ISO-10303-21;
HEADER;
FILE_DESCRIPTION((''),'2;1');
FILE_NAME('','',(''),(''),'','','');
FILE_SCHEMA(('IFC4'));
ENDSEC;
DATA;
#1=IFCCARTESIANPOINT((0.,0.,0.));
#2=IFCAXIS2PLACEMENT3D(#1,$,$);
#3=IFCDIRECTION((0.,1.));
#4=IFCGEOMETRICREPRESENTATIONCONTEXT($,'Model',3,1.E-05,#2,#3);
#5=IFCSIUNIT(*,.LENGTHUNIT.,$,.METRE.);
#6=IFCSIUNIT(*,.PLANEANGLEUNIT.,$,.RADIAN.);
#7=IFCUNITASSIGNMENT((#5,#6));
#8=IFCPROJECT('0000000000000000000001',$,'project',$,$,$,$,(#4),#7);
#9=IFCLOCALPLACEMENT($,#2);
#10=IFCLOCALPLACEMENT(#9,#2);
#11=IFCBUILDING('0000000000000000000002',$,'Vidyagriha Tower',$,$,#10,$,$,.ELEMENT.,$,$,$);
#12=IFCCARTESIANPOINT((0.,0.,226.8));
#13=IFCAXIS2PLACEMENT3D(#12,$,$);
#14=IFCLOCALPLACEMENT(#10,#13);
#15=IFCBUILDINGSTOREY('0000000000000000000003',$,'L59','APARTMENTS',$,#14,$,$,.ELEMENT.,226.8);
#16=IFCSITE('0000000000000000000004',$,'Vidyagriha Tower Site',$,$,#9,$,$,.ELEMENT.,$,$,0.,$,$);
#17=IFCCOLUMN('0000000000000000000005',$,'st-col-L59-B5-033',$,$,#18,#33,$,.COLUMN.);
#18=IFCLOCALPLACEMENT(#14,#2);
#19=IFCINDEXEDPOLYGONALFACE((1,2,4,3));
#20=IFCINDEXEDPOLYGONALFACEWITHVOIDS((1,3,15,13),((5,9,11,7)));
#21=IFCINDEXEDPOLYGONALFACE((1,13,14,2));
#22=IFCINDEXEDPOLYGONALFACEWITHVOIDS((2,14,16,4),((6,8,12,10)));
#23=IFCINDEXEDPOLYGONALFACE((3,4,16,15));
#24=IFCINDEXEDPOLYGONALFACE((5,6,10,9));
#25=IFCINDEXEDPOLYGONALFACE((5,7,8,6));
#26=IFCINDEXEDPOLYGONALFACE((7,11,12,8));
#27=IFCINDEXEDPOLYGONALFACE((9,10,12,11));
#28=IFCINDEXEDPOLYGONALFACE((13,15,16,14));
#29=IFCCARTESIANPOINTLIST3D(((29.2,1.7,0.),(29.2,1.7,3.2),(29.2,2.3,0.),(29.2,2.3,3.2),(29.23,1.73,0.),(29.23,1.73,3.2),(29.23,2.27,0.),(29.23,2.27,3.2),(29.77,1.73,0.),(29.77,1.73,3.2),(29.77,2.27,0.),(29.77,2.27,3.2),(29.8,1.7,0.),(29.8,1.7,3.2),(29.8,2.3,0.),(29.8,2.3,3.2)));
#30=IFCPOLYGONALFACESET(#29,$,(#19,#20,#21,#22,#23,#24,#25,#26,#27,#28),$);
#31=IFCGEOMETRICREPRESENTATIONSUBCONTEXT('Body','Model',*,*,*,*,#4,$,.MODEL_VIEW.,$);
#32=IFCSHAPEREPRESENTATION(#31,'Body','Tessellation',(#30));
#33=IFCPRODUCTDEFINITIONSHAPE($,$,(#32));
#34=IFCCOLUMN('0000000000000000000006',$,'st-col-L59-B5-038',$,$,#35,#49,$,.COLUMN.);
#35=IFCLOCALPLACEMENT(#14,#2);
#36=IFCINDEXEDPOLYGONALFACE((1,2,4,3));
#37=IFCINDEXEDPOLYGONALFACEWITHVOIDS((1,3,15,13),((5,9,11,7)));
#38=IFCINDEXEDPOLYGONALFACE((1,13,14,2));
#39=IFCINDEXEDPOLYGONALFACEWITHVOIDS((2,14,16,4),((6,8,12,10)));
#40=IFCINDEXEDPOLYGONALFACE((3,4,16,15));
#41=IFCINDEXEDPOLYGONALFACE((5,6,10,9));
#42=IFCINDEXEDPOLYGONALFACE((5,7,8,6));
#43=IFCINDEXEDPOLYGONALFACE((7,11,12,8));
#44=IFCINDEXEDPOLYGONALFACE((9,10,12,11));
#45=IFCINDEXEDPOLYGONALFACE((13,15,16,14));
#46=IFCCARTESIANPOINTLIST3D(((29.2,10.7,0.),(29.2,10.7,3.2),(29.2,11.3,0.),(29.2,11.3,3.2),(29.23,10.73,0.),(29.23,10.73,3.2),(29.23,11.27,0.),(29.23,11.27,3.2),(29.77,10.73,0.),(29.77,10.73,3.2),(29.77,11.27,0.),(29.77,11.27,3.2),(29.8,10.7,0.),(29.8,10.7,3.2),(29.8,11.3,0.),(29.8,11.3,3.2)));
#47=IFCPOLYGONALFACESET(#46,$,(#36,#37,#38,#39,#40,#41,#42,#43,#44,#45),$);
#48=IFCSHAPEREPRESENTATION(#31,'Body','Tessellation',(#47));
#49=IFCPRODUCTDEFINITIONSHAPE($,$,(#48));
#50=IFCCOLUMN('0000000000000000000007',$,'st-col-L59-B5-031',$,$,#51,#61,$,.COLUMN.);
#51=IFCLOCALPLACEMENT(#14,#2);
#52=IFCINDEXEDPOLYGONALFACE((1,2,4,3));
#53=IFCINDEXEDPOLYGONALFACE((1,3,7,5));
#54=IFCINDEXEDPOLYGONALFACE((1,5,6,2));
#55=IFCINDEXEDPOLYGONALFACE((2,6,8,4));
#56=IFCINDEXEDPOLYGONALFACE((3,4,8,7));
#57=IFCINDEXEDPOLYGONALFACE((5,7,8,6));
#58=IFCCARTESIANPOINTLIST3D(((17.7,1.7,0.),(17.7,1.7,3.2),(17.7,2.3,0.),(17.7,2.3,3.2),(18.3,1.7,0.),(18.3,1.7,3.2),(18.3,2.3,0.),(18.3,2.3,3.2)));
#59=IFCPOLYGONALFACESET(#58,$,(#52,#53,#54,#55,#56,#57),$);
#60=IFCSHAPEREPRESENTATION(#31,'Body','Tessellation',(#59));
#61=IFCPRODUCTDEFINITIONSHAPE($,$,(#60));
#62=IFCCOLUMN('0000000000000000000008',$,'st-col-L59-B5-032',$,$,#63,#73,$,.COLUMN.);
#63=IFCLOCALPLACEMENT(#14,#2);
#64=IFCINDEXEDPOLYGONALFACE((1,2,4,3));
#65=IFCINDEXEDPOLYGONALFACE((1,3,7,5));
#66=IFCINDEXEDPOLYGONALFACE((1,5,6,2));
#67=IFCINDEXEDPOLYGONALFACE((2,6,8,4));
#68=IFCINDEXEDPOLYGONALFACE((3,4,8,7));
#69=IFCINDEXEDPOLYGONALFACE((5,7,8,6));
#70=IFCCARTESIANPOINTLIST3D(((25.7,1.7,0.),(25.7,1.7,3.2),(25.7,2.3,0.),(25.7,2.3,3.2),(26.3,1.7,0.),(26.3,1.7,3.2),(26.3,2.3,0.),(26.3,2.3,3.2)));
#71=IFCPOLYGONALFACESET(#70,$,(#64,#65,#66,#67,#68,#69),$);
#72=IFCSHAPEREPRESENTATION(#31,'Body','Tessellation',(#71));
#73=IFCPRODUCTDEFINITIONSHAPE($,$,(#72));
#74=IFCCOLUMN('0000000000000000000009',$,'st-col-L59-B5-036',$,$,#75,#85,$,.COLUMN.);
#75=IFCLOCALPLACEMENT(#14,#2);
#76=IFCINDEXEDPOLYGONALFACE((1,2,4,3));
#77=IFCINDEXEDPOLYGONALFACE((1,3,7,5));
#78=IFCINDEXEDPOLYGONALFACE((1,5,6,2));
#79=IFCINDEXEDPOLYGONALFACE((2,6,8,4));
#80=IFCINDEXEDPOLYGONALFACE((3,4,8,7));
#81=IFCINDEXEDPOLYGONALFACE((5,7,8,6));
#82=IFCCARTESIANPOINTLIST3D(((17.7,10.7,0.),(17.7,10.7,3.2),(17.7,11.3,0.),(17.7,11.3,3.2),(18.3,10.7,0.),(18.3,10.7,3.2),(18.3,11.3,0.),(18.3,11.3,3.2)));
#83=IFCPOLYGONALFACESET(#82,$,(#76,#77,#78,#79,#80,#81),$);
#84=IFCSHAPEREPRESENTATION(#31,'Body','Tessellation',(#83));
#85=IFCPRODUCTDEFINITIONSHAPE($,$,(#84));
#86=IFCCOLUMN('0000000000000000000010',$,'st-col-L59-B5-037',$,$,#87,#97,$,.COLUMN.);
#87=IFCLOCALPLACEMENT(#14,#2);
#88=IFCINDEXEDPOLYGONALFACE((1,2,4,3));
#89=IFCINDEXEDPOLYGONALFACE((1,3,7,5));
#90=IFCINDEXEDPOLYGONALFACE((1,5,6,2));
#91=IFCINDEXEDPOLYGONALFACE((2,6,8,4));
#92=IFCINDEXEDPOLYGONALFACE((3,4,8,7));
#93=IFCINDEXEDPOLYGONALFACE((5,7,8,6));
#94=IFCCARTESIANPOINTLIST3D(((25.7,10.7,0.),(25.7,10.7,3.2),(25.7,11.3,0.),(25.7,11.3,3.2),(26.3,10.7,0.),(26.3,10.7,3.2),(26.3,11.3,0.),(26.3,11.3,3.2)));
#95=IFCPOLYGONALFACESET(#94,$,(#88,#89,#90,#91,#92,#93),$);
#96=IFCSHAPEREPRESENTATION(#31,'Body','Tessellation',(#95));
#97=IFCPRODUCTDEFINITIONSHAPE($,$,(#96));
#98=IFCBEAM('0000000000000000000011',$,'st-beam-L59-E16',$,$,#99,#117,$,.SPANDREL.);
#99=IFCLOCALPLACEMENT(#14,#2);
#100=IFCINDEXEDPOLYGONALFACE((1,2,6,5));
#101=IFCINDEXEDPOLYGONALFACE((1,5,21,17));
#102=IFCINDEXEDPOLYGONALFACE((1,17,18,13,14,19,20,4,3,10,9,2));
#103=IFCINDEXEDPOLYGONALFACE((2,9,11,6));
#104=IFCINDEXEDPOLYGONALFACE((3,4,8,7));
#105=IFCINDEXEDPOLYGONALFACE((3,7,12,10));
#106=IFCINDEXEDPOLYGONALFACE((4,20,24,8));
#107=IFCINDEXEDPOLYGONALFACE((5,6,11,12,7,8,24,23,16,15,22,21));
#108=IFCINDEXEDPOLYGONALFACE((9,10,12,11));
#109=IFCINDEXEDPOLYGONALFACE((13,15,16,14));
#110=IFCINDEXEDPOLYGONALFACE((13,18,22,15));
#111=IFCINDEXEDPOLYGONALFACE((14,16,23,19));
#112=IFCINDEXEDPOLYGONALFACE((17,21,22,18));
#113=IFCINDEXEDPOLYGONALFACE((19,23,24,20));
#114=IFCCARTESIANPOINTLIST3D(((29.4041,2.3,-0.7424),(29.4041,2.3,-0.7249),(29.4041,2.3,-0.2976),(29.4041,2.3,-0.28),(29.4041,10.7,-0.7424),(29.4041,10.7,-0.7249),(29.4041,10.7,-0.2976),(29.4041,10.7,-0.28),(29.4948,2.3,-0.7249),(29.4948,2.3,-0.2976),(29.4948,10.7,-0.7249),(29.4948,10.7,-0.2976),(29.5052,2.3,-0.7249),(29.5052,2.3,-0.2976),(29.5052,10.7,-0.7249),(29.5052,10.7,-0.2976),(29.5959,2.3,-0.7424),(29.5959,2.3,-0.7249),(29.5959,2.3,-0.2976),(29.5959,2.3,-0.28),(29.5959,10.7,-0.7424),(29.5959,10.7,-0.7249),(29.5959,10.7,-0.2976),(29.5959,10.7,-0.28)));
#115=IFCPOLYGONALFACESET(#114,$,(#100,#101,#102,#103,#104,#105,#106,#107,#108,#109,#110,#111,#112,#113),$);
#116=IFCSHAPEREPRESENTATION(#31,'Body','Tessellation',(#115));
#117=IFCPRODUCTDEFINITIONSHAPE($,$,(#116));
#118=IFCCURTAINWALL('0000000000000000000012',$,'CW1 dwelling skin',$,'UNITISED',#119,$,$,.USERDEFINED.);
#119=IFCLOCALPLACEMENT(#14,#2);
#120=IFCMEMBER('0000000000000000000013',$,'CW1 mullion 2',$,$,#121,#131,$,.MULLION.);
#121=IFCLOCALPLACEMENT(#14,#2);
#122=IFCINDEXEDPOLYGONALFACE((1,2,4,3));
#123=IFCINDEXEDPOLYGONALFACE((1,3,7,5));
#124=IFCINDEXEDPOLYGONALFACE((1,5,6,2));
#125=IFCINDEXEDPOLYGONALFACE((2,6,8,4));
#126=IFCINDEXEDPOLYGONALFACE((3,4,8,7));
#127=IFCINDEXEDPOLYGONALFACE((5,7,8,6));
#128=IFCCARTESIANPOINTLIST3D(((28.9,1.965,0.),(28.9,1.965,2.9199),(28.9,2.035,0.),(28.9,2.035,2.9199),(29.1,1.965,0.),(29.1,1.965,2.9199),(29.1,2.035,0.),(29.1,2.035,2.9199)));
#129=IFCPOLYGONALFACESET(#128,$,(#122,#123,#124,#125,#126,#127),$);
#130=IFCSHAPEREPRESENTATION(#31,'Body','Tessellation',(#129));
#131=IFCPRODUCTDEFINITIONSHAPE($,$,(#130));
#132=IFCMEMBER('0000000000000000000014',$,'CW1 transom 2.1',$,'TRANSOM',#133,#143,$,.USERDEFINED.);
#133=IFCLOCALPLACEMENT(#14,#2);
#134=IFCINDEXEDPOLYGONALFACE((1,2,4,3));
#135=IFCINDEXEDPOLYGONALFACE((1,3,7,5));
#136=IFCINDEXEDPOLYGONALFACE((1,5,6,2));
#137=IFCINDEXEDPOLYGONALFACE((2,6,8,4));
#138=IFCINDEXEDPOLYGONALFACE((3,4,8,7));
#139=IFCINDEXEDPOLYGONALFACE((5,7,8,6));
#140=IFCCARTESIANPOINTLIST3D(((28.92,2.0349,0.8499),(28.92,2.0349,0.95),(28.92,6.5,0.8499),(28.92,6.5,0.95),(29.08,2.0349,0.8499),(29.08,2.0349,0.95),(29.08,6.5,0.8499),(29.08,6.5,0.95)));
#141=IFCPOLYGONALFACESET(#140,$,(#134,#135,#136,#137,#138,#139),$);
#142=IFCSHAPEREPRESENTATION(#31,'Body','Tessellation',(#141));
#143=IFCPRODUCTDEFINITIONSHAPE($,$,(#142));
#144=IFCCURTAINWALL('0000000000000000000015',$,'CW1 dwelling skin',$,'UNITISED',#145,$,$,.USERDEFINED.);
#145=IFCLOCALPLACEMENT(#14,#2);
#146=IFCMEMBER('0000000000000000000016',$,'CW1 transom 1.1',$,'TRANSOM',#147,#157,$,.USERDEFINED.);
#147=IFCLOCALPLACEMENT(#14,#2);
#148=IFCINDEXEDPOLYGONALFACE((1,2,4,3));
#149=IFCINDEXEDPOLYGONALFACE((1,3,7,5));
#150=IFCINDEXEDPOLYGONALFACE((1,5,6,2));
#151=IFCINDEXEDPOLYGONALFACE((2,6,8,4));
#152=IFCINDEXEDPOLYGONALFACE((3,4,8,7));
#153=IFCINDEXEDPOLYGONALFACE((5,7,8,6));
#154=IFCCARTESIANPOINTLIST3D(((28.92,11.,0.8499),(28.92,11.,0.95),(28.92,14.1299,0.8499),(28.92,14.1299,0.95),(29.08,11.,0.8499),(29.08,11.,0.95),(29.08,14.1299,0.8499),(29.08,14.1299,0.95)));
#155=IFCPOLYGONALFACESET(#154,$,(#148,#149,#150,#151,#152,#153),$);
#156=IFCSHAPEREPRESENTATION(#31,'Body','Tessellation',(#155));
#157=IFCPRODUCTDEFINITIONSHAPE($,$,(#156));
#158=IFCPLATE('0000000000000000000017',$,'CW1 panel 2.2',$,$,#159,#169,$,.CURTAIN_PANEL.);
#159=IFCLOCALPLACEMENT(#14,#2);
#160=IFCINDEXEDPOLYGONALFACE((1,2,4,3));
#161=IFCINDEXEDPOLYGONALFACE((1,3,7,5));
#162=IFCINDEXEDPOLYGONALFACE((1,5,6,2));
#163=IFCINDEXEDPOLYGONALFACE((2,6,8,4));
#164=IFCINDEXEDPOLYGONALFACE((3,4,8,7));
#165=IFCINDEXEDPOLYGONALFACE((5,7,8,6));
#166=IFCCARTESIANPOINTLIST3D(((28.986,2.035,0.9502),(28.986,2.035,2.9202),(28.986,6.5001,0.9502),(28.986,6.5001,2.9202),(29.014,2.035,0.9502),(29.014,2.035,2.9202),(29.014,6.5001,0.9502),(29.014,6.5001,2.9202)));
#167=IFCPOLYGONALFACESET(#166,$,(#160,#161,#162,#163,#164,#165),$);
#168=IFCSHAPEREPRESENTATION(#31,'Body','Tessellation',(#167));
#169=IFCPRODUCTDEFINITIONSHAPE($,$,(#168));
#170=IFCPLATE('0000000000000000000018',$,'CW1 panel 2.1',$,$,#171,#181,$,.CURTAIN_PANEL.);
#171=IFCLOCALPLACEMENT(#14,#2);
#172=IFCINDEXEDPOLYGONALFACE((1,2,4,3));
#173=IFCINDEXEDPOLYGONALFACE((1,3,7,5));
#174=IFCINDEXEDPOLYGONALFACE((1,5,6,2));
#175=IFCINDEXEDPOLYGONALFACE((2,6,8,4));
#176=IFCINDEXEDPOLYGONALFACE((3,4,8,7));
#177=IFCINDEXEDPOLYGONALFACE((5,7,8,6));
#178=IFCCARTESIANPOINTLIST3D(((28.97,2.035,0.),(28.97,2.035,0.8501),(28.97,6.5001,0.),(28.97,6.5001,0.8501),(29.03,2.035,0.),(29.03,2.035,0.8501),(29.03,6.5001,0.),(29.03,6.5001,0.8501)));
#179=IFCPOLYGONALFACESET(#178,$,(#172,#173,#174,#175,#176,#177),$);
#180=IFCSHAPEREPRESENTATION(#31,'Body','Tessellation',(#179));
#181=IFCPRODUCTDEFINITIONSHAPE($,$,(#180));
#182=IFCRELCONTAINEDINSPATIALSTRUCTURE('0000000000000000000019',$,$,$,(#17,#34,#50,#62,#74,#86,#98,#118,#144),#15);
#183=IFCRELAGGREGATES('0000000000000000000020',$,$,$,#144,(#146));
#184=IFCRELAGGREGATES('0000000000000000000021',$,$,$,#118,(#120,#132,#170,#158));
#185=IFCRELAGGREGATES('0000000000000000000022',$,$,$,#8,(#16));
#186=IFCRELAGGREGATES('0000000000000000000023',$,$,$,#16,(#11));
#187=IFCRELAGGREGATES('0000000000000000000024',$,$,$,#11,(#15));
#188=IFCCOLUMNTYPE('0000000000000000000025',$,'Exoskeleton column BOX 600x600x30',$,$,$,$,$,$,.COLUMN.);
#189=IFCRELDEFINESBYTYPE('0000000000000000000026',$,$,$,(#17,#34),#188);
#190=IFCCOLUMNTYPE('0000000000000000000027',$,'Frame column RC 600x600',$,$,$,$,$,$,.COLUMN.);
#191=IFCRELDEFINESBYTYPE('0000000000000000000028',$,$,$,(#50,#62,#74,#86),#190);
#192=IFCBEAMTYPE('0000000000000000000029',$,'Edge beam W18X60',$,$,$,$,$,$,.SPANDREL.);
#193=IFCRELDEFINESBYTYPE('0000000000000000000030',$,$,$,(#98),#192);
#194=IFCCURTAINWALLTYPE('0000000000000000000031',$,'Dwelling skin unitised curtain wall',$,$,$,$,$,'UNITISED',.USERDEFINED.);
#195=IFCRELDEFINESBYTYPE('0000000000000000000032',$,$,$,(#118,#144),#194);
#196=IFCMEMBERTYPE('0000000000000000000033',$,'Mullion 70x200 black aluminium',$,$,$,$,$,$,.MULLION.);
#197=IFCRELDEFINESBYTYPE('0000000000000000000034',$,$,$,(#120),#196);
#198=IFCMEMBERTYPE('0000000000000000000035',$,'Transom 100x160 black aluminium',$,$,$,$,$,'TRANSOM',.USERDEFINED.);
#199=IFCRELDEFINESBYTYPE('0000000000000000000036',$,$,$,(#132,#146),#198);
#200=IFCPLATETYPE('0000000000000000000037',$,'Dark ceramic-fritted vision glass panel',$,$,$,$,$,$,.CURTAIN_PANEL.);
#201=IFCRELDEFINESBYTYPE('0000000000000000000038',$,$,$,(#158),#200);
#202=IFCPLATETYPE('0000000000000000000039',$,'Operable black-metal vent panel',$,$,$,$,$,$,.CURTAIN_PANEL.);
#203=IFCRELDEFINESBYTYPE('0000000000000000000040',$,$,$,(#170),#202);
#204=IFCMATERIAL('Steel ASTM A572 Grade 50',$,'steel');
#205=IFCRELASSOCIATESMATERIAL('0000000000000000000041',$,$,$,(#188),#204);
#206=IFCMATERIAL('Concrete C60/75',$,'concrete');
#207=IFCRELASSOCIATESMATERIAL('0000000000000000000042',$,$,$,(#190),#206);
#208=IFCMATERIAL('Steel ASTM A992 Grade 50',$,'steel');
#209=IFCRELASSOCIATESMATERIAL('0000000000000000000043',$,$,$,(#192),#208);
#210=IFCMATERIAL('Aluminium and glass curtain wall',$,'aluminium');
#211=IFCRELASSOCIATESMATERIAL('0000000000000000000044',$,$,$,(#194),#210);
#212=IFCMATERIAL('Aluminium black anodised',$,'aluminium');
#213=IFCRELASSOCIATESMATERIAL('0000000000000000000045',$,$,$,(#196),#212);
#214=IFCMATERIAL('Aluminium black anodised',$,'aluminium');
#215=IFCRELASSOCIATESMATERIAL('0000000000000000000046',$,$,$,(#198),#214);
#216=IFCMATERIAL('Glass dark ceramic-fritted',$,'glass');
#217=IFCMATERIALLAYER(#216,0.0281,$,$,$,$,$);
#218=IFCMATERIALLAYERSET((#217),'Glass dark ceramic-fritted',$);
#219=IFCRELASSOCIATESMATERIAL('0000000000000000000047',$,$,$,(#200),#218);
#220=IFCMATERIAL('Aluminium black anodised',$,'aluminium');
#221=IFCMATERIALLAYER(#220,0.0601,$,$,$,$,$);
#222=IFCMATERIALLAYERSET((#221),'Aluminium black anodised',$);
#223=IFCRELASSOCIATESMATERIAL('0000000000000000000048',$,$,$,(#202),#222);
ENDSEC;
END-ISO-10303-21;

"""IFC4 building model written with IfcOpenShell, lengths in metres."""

from ifc_helpers import new_model, si_unit, direction, frame, origin, origin_2d, place, context, subcontext, project, spatial, rectangle, hollow_rectangle, i_section, extrude, material, layer, layer_set, material_profile, profile_set, type_object, element, aggregate, save


model = new_model("IFC4")

# Units and contexts
model_context = context("Model", 3, precision=1e-05, world=origin(), true_north=direction((0.0, 1.0)))
body_context = subcontext(model_context, "Body", "Model", "MODEL_VIEW")
ifc_project = project(units=[si_unit("LENGTHUNIT", "METRE"), si_unit("PLANEANGLEUNIT", "RADIAN")], contexts=[model_context])

# Site, building, storey
site_placement = place(None, origin())
site = spatial("IfcSite", under=ifc_project, at=site_placement, Name="Vidyagriha Tower Site", CompositionType="ELEMENT", RefElevation=0.0)
building_placement = place(site_placement, origin())
building = spatial("IfcBuilding", under=site, at=building_placement, Name="Vidyagriha Tower", CompositionType="ELEMENT")
storey_placement = place(building_placement, frame((0.0, 0.0, 226.8)))
storey = spatial("IfcBuildingStorey", under=building, at=storey_placement, Name="L59", Description="APARTMENTS", CompositionType="ELEMENT", Elevation=226.8)

# Columns
ifc_material_1 = material(Name="Steel ASTM A572 Grade 50", Category="steel")
ifc_material_profile_1 = material_profile(ifc_material_1, hollow_rectangle(XDim=0.6001, YDim=0.6001, WallThickness=0.03, at=origin_2d()), Name="BOX 600x600x30")
ifc_profile_set_1 = profile_set([ifc_material_profile_1], Name="Steel ASTM A572 Grade 50")
column_type_1 = type_object("IfcColumnType", Name="Exoskeleton column BOX 600x600x30", PredefinedType="COLUMN", material=ifc_profile_set_1)
for number, where, name in (
    (1, (29.5, 2.0, 0.0), "st-col-L59-B5-033"),
    (2, (29.5, 11.0, 0.0), "st-col-L59-B5-038"),
):
    element("IfcColumn", number, at=place(storey_placement, frame(where)), inside=storey, type_object=column_type_1, Name=name, PredefinedType="COLUMN", context=body_context, shape_type="SweptSolid", body=[
        extrude(hollow_rectangle(XDim=0.6001, YDim=0.6001, WallThickness=0.03, at=origin_2d()), origin(), (0.0, 0.0, 1.0), 3.2),
    ])
ifc_material_2 = material(Name="Concrete C60/75", Category="concrete")
ifc_material_profile_2 = material_profile(ifc_material_2, rectangle(XDim=0.6001, YDim=0.6001, at=origin_2d()), Name="RC 600x600")
ifc_profile_set_2 = profile_set([ifc_material_profile_2], Name="Concrete C60/75")
column_type_2 = type_object("IfcColumnType", Name="Frame column RC 600x600", PredefinedType="COLUMN", material=ifc_profile_set_2)
for number, where, name in (
    (3, (18.0, 2.0, 0.0), "st-col-L59-B5-031"),
    (4, (26.0, 2.0, 0.0), "st-col-L59-B5-032"),
    (5, (18.0, 11.0, 0.0), "st-col-L59-B5-036"),
    (6, (26.0, 11.0, 0.0), "st-col-L59-B5-037"),
):
    element("IfcColumn", number, at=place(storey_placement, frame(where)), inside=storey, type_object=column_type_2, Name=name, PredefinedType="COLUMN", context=body_context, shape_type="SweptSolid", body=[
        extrude(rectangle(XDim=0.6001, YDim=0.6001, at=origin_2d()), origin(), (0.0, 0.0, 1.0), 3.2),
    ])

# Beam
ifc_material_3 = material(Name="Steel ASTM A992 Grade 50", Category="steel")
ifc_material_profile_3 = material_profile(ifc_material_3, i_section(OverallWidth=0.1919, OverallDepth=0.4624, WebThickness=0.0105, FlangeThickness=0.0176, at=origin_2d()), Name="W18X60")
ifc_profile_set_3 = profile_set([ifc_material_profile_3], Name="Steel ASTM A992 Grade 50")
beam_type = type_object("IfcBeamType", Name="Edge beam W18X60", PredefinedType="SPANDREL", material=ifc_profile_set_3)
beam_placement = place(storey_placement, frame((29.5, 2.3, -0.5112), z_axis=(0.0, 1.0, 0.0), x_axis=(-1.0, 0.0, 0.0)))
element("IfcBeam", 7, at=beam_placement, inside=storey, type_object=beam_type, Name="st-beam-L59-E16", PredefinedType="SPANDREL", context=body_context, shape_type="SweptSolid", body=[
    extrude(i_section(OverallWidth=0.1919, OverallDepth=0.4624, WebThickness=0.0105, FlangeThickness=0.0176, at=origin_2d()), origin(), (0.0, 0.0, 1.0), 8.3999),
])

# Curtain wall, members
ifc_material_4 = material(Name="Aluminium and glass curtain wall", Category="aluminium")
curtain_wall_type = type_object("IfcCurtainWallType", Name="Dwelling skin unitised curtain wall", ElementType="UNITISED", PredefinedType="USERDEFINED", material=ifc_material_4)
curtain_wall_1_placement = place(storey_placement, origin())
curtain_wall_1 = element("IfcCurtainWall", 8, at=curtain_wall_1_placement, inside=storey, type_object=curtain_wall_type, Name="CW1 dwelling skin", ObjectType="UNITISED", PredefinedType="USERDEFINED")
ifc_material_5 = material(Name="Aluminium black anodised", Category="aluminium")
ifc_material_profile_4 = material_profile(ifc_material_5, rectangle(XDim=0.2, YDim=0.0701, at=origin_2d()), Name="Mullion 70x200 black aluminium")
ifc_profile_set_4 = profile_set([ifc_material_profile_4], Name="Aluminium black anodised")
member_type_1 = type_object("IfcMemberType", Name="Mullion 70x200 black aluminium", PredefinedType="MULLION", material=ifc_profile_set_4)
member_1_placement = place(storey_placement, frame((29.0, 2.0, 0.0), z_axis=(0.0, 0.0, 1.0), x_axis=(-1.0, 0.0, 0.0)))
member_1 = element("IfcMember", 9, at=member_1_placement, type_object=member_type_1, Name="CW1 mullion 2", PredefinedType="MULLION", context=body_context, shape_type="SweptSolid", body=[
    extrude(rectangle(XDim=0.2, YDim=0.0701, at=origin_2d()), origin(), (0.0, 0.0, 1.0), 2.9199),
])
ifc_material_6 = material(Name="Aluminium black anodised", Category="aluminium")
ifc_material_profile_5 = material_profile(ifc_material_6, rectangle(XDim=0.1599, YDim=0.1001, at=origin_2d()), Name="Transom 100x160 black aluminium")
ifc_profile_set_5 = profile_set([ifc_material_profile_5], Name="Aluminium black anodised")
member_type_2 = type_object("IfcMemberType", Name="Transom 100x160 black aluminium", ElementType="TRANSOM", PredefinedType="USERDEFINED", material=ifc_profile_set_5)
member_2_placement = place(storey_placement, frame((29.0, 2.0349, 0.8999), z_axis=(0.0, 1.0, 0.0), x_axis=(-1.0, 0.0, 0.0)))
member_2 = element("IfcMember", 10, at=member_2_placement, type_object=member_type_2, Name="CW1 transom 2.1", ObjectType="TRANSOM", PredefinedType="USERDEFINED", context=body_context, shape_type="SweptSolid", body=[
    extrude(rectangle(XDim=0.1599, YDim=0.1001, at=origin_2d()), origin(), (0.0, 0.0, 1.0), 4.4651),
])

# Curtain wall, member
curtain_wall_2_placement = place(storey_placement, origin())
curtain_wall_2 = element("IfcCurtainWall", 11, at=curtain_wall_2_placement, inside=storey, type_object=curtain_wall_type, Name="CW1 dwelling skin", ObjectType="UNITISED", PredefinedType="USERDEFINED")
member_3_placement = place(storey_placement, frame((29.0, 11.0, 0.8999), z_axis=(0.0, 1.0, 0.0), x_axis=(-1.0, 0.0, 0.0)))
member_3 = element("IfcMember", 12, at=member_3_placement, type_object=member_type_2, Name="CW1 transom 1.1", ObjectType="TRANSOM", PredefinedType="USERDEFINED", context=body_context, shape_type="SweptSolid", body=[
    extrude(rectangle(XDim=0.1599, YDim=0.1001, at=origin_2d()), origin(), (0.0, 0.0, 1.0), 3.1299),
])
aggregate(curtain_wall_2, [member_3])

# Plates
ifc_material_7 = material(Name="Glass dark ceramic-fritted", Category="glass")
ifc_layer_1 = layer(ifc_material_7, 0.0281)
ifc_layer_set_1 = layer_set([ifc_layer_1], Name="Glass dark ceramic-fritted")
plate_type_1 = type_object("IfcPlateType", Name="Dark ceramic-fritted vision glass panel", PredefinedType="CURTAIN_PANEL", material=ifc_layer_set_1)
plate_1_placement = place(storey_placement, frame((29.0, 4.2676, 0.9502), z_axis=(0.0, 0.0, 1.0), x_axis=(0.0, 1.0, 0.0)))
plate_1 = element("IfcPlate", 13, at=plate_1_placement, type_object=plate_type_1, Name="CW1 panel 2.2", PredefinedType="CURTAIN_PANEL", context=body_context, shape_type="SweptSolid", body=[
    extrude(rectangle(XDim=4.4651, YDim=0.0281, at=origin_2d()), origin(), (0.0, 0.0, 1.0), 1.97),
])
ifc_material_8 = material(Name="Aluminium black anodised", Category="aluminium")
ifc_layer_2 = layer(ifc_material_8, 0.0601)
ifc_layer_set_2 = layer_set([ifc_layer_2], Name="Aluminium black anodised")
plate_type_2 = type_object("IfcPlateType", Name="Operable black-metal vent panel", PredefinedType="CURTAIN_PANEL", material=ifc_layer_set_2)
plate_2_placement = place(storey_placement, frame((29.0, 4.2676, 0.0), z_axis=(0.0, 0.0, 1.0), x_axis=(0.0, 1.0, 0.0)))
plate_2 = element("IfcPlate", 14, at=plate_2_placement, type_object=plate_type_2, Name="CW1 panel 2.1", PredefinedType="CURTAIN_PANEL", context=body_context, shape_type="SweptSolid", body=[
    extrude(rectangle(XDim=4.4651, YDim=0.0601, at=origin_2d()), origin(), (0.0, 0.0, 1.0), 0.8501),
])
aggregate(curtain_wall_1, [member_1, member_2, plate_2, plate_1])

save(model, "model.ifc")
